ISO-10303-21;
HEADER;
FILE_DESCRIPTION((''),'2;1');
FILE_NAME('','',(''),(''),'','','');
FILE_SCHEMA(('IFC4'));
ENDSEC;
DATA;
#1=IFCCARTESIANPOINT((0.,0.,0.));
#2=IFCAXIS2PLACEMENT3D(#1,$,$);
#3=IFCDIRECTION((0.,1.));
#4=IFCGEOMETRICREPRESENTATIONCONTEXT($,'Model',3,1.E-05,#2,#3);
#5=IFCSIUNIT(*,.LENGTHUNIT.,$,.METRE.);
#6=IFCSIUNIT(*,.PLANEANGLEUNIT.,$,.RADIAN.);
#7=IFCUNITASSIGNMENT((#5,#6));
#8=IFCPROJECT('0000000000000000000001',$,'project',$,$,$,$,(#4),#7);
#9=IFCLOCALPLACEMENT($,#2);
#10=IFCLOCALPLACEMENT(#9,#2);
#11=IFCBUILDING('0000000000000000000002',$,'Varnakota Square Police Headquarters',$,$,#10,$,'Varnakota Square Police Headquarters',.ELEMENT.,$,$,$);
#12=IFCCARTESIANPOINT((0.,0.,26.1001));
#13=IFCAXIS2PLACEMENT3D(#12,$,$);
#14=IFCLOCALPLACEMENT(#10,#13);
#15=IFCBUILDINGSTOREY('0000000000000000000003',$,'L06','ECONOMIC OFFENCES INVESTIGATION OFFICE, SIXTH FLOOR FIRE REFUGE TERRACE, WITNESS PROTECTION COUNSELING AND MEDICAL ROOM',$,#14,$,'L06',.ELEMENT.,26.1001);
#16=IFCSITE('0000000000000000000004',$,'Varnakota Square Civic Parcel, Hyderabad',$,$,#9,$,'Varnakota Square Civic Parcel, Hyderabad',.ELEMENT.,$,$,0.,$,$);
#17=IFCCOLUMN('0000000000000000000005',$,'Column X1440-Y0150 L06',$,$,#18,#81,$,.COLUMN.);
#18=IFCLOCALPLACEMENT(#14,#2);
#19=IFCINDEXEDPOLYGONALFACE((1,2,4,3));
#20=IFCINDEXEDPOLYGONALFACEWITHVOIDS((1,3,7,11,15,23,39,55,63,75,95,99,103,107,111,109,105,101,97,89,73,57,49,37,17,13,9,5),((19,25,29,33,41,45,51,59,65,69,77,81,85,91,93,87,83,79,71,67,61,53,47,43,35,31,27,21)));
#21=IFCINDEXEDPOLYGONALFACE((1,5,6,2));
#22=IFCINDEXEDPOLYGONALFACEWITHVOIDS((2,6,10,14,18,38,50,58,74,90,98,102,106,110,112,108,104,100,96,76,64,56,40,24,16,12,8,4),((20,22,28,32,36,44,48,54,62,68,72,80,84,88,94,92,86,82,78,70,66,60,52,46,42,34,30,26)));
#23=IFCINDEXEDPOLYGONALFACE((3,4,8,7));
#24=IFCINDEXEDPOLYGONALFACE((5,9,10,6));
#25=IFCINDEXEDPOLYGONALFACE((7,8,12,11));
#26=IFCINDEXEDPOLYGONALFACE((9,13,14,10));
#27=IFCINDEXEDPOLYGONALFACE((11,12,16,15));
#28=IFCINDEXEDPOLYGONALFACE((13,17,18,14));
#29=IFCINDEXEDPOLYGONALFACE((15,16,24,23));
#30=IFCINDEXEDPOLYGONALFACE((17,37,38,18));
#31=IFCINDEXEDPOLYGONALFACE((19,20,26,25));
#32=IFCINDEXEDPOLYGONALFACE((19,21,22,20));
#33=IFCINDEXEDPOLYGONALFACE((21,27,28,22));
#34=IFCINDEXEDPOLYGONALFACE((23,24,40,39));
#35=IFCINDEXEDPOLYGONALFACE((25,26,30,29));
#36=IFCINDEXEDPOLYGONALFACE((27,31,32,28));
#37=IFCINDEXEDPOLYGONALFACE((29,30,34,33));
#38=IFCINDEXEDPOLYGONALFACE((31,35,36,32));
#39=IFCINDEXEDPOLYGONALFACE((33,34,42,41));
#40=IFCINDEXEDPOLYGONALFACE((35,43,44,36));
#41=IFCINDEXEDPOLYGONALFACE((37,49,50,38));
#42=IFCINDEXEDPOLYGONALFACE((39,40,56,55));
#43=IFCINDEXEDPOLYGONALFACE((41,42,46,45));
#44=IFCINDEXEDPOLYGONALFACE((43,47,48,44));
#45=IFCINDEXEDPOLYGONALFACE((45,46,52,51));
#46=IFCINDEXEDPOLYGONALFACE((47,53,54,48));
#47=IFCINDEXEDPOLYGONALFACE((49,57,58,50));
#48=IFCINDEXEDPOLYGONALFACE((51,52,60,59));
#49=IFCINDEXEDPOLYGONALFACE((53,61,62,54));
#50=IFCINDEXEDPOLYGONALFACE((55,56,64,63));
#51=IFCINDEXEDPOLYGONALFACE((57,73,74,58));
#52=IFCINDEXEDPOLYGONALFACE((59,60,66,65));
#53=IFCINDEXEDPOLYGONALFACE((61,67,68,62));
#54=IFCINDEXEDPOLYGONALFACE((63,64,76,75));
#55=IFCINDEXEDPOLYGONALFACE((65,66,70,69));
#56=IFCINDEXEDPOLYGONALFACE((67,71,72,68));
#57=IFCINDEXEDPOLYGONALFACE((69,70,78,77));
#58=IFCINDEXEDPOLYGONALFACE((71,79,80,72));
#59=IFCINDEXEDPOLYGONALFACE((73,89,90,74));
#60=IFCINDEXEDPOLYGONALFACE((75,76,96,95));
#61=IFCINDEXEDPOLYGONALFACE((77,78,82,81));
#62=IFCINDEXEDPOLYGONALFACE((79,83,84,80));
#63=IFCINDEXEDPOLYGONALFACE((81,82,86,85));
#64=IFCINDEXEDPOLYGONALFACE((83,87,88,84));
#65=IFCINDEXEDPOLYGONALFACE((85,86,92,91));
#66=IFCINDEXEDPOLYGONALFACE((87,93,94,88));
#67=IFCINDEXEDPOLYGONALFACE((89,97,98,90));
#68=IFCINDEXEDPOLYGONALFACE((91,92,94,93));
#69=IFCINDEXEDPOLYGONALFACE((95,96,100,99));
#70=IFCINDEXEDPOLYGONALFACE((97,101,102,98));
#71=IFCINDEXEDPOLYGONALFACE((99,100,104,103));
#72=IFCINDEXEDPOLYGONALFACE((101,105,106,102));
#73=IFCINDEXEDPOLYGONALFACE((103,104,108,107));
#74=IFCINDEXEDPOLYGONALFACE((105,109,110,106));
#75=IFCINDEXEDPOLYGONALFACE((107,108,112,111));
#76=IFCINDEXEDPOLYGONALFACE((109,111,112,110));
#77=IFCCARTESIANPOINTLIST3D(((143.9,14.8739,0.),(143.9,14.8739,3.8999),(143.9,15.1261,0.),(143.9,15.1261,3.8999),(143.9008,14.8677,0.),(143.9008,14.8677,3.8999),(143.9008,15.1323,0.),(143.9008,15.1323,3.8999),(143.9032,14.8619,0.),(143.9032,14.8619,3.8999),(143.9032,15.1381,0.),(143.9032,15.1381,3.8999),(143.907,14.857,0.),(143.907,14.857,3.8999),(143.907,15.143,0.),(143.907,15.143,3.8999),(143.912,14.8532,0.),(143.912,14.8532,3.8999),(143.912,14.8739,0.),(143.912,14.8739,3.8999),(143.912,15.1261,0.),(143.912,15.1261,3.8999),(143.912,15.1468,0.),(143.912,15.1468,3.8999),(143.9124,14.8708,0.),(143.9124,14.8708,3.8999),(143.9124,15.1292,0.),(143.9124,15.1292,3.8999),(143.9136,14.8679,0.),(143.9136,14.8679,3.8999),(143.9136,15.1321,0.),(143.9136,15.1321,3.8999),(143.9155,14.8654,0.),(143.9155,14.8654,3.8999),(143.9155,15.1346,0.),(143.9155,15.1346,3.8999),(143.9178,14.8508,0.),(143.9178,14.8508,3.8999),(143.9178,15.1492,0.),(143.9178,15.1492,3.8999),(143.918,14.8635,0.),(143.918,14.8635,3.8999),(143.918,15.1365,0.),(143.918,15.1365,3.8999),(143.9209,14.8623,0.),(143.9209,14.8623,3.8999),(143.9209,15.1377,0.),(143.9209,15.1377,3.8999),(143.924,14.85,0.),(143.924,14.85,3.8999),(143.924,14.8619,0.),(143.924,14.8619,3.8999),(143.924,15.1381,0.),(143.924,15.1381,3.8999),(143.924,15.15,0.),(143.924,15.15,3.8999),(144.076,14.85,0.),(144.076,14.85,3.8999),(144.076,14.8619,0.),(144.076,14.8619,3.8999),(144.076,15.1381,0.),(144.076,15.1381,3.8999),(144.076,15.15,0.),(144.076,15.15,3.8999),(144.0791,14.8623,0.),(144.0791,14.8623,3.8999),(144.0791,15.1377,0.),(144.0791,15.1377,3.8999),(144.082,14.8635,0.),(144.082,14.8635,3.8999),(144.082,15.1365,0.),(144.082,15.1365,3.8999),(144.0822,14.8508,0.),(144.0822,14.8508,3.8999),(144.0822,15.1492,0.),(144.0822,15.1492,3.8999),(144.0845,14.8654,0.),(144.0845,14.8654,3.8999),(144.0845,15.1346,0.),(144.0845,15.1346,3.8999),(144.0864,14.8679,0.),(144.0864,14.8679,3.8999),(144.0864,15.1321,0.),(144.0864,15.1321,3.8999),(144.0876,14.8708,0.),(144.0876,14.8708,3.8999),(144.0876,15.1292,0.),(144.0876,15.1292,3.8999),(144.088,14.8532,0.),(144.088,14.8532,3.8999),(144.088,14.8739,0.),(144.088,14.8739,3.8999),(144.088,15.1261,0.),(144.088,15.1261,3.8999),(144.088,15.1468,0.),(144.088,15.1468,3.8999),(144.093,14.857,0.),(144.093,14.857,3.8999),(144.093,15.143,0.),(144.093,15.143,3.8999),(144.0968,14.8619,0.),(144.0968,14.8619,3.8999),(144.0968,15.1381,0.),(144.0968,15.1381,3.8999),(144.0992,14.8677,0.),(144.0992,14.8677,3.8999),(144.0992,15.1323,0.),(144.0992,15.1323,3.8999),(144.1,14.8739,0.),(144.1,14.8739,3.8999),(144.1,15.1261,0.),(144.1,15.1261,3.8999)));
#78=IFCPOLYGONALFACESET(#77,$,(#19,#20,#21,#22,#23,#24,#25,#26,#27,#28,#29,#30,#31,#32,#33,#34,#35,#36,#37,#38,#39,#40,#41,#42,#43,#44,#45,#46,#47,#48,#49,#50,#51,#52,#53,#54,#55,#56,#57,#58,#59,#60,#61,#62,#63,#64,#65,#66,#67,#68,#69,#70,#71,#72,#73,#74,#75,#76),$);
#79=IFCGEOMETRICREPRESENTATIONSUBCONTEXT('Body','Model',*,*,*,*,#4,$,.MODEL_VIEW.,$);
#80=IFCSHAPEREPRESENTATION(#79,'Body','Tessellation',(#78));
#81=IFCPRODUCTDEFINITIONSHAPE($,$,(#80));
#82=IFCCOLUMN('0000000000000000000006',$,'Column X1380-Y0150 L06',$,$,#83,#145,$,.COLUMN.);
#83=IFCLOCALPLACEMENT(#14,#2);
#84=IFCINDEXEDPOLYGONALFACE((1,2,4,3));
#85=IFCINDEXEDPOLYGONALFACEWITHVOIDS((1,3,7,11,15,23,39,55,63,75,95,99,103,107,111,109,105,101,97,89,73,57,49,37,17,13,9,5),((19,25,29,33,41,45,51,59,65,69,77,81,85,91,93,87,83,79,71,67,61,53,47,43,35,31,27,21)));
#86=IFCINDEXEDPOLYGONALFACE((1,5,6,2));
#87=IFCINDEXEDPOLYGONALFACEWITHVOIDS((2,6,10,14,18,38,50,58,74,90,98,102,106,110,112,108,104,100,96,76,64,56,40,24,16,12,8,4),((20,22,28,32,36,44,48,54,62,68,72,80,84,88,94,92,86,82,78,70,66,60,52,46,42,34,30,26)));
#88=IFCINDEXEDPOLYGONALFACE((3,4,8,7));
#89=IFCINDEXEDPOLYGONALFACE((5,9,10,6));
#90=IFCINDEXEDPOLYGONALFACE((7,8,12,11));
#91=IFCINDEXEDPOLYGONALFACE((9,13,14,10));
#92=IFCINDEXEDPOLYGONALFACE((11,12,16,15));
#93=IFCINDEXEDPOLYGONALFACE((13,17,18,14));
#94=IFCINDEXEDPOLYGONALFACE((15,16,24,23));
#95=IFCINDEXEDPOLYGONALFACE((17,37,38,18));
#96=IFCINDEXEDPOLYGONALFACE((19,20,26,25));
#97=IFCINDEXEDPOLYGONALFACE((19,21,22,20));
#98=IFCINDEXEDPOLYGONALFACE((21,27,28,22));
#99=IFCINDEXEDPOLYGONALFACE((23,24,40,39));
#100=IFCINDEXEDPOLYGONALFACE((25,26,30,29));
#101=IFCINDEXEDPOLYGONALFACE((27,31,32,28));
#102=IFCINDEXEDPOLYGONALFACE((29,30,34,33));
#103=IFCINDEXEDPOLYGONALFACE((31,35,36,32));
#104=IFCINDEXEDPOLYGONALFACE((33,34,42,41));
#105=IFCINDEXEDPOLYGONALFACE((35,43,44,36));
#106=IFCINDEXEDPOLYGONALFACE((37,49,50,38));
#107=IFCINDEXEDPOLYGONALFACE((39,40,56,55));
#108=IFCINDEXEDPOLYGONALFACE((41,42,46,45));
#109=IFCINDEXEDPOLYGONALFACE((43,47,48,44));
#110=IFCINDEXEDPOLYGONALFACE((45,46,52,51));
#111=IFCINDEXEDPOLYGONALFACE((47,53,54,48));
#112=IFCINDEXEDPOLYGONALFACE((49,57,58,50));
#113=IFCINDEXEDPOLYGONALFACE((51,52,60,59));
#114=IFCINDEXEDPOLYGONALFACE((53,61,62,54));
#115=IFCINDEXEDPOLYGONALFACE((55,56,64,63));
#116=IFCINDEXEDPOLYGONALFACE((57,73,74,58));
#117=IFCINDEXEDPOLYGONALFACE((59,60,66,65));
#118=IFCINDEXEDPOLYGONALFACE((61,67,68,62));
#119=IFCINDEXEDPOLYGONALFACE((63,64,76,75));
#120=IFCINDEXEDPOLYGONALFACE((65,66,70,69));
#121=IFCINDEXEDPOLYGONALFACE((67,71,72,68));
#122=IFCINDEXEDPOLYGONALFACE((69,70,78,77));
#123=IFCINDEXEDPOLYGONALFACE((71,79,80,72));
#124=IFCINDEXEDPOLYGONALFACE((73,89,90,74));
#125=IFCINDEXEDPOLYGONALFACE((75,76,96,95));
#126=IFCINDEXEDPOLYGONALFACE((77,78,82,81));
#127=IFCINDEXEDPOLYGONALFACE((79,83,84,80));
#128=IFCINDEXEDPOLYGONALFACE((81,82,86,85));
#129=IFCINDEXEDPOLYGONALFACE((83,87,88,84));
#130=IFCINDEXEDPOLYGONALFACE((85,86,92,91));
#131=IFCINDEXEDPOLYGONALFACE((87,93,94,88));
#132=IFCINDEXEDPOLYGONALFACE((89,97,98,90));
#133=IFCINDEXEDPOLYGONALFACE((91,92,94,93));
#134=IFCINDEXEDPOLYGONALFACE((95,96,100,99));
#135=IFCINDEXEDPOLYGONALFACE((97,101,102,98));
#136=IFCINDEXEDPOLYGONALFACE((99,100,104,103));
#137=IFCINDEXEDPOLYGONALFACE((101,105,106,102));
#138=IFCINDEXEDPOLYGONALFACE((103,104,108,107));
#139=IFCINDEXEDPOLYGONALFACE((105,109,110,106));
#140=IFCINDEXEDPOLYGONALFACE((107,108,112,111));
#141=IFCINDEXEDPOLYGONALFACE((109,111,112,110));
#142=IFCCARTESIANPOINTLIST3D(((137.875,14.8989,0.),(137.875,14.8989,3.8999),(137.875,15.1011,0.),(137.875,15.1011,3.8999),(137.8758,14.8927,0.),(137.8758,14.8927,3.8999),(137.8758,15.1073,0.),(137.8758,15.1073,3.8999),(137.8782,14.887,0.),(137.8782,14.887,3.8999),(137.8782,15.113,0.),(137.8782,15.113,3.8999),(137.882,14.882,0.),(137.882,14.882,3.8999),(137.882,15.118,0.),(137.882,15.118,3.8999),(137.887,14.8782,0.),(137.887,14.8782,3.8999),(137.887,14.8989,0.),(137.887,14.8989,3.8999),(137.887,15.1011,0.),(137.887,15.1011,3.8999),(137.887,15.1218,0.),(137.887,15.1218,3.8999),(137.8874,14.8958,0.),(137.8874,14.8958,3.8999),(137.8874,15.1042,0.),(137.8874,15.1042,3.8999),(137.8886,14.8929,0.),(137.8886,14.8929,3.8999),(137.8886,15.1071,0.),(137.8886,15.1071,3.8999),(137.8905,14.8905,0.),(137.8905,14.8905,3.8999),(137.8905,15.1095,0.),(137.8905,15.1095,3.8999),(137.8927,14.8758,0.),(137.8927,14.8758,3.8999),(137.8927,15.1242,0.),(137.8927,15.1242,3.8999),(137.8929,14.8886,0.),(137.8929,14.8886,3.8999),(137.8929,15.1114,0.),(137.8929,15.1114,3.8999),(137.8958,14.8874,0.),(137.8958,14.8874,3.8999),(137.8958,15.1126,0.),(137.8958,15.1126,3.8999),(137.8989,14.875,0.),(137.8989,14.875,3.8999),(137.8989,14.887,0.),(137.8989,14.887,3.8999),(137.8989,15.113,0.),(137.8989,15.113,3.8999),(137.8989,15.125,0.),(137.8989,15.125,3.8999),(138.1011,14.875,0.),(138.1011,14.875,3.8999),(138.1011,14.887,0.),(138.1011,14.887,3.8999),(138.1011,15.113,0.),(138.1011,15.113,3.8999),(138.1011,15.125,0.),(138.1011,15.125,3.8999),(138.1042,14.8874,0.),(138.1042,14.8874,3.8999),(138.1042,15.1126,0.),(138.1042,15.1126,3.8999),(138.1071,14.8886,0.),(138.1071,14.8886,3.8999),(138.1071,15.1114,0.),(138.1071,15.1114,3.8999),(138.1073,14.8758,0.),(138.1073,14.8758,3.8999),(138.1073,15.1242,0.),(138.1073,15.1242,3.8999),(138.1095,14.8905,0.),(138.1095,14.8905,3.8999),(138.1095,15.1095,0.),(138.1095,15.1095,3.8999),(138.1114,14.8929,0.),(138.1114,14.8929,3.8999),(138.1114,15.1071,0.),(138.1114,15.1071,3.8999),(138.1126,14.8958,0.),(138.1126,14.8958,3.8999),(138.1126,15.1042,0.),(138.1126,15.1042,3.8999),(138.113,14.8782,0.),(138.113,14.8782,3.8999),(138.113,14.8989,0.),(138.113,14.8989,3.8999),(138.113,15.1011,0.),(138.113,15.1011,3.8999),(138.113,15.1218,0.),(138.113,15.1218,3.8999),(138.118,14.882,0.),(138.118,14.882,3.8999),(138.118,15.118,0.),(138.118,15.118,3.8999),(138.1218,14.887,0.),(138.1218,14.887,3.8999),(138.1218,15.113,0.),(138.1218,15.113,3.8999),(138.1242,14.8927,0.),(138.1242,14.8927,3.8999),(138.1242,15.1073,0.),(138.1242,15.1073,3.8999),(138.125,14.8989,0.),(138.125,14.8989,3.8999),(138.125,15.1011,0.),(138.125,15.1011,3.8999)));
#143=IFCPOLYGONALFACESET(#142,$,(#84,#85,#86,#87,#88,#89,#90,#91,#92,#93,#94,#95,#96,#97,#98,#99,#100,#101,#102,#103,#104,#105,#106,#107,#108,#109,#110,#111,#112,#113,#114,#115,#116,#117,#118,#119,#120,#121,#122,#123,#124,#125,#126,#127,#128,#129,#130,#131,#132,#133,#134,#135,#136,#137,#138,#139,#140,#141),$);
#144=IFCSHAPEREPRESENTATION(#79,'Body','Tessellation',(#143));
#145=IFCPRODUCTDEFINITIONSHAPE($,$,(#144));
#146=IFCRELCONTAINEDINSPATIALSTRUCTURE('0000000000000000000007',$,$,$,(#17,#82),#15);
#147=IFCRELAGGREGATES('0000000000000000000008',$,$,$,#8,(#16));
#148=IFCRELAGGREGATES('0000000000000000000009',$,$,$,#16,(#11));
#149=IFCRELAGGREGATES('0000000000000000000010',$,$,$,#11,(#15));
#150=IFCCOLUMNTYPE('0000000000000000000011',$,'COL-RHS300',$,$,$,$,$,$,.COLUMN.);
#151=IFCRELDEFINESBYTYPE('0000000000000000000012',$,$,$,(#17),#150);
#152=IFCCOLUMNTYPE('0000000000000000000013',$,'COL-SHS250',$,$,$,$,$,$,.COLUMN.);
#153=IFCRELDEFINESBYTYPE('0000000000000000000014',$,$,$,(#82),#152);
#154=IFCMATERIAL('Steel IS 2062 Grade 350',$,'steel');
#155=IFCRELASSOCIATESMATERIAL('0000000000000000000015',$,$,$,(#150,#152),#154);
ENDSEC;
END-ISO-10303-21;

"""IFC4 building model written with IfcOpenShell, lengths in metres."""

from ifc_helpers import new_model, si_unit, direction, frame, origin, origin_2d, place, context, subcontext, project, spatial, hollow_rectangle, extrude, material, material_profile, profile_set, type_object, element, save


model = new_model("IFC4")

# Units and contexts
model_context = context("Model", 3, precision=1e-05, world=origin(), true_north=direction((0.0, 1.0)))
body_context = subcontext(model_context, "Body", "Model", "MODEL_VIEW")
ifc_project = project(units=[si_unit("LENGTHUNIT", "METRE"), si_unit("PLANEANGLEUNIT", "RADIAN")], contexts=[model_context])

# Site, building, storey
site_placement = place(None, origin())
site = spatial("IfcSite", under=ifc_project, at=site_placement, Name="Varnakota Square Civic Parcel, Hyderabad", LongName="Varnakota Square Civic Parcel, Hyderabad", CompositionType="ELEMENT", RefElevation=0.0)
building_placement = place(site_placement, origin())
building = spatial("IfcBuilding", under=site, at=building_placement, Name="Varnakota Square Police Headquarters", LongName="Varnakota Square Police Headquarters", CompositionType="ELEMENT")
storey_placement = place(building_placement, frame((0.0, 0.0, 26.1001)))
storey = spatial("IfcBuildingStorey", under=building, at=storey_placement, Name="L06", Description="ECONOMIC OFFENCES INVESTIGATION OFFICE, SIXTH FLOOR FIRE REFUGE TERRACE, WITNESS PROTECTION COUNSELING AND MEDICAL ROOM", LongName="L06", CompositionType="ELEMENT", Elevation=26.1001)

# Columns
ifc_material_1 = material(Name="Steel IS 2062 Grade 350", Category="steel")
ifc_material_profile_1 = material_profile(ifc_material_1, hollow_rectangle(XDim=0.2, YDim=0.3, WallThickness=0.012, InnerFilletRadius=0.012, OuterFilletRadius=0.0239, at=origin_2d()), Name="RHS 300x200x12")
ifc_profile_set_1 = profile_set([ifc_material_profile_1], Name="Steel IS 2062 Grade 350")
column_type_1 = type_object("IfcColumnType", Name="COL-RHS300", PredefinedType="COLUMN", material=ifc_profile_set_1)
column_placement = place(storey_placement, frame((144.0, 15.0, 0.0), z_axis=(0.0, 0.0, 1.0), x_axis=(1.0, 0.0, 0.0)))
element("IfcColumn", 1, at=column_placement, inside=storey, type_object=column_type_1, Name="Column X1440-Y0150 L06", PredefinedType="COLUMN", context=body_context, shape_type="SweptSolid", body=[
    extrude(hollow_rectangle(XDim=0.2, YDim=0.3, WallThickness=0.012, InnerFilletRadius=0.012, OuterFilletRadius=0.0239, at=origin_2d()), origin(), (0.0, 0.0, 1.0), 3.8999),
])
ifc_material_profile_2 = material_profile(ifc_material_1, hollow_rectangle(XDim=0.25, YDim=0.25, WallThickness=0.012, InnerFilletRadius=0.012, OuterFilletRadius=0.0239, at=origin_2d()), Name="SHS 250x250x12")
ifc_profile_set_2 = profile_set([ifc_material_profile_2], Name="Steel IS 2062 Grade 350")
column_type_2 = type_object("IfcColumnType", Name="COL-SHS250", PredefinedType="COLUMN", material=ifc_profile_set_2)
for number, where, z_axis, x_axis, name in (
    (2, (138.0, 15.0, 0.0), (0.0, 0.0, 1.0), (1.0, 0.0, 0.0), "Column X1380-Y0150 L06"),
):
    element("IfcColumn", number, at=place(storey_placement, frame(where, z_axis=z_axis, x_axis=x_axis)), inside=storey, type_object=column_type_2, Name=name, PredefinedType="COLUMN", context=body_context, shape_type="SweptSolid", body=[
        extrude(hollow_rectangle(XDim=0.25, YDim=0.25, WallThickness=0.012, InnerFilletRadius=0.012, OuterFilletRadius=0.0239, at=origin_2d()), origin(), (0.0, 0.0, 1.0), 3.8999),
    ])

save(model, "model.ifc")
